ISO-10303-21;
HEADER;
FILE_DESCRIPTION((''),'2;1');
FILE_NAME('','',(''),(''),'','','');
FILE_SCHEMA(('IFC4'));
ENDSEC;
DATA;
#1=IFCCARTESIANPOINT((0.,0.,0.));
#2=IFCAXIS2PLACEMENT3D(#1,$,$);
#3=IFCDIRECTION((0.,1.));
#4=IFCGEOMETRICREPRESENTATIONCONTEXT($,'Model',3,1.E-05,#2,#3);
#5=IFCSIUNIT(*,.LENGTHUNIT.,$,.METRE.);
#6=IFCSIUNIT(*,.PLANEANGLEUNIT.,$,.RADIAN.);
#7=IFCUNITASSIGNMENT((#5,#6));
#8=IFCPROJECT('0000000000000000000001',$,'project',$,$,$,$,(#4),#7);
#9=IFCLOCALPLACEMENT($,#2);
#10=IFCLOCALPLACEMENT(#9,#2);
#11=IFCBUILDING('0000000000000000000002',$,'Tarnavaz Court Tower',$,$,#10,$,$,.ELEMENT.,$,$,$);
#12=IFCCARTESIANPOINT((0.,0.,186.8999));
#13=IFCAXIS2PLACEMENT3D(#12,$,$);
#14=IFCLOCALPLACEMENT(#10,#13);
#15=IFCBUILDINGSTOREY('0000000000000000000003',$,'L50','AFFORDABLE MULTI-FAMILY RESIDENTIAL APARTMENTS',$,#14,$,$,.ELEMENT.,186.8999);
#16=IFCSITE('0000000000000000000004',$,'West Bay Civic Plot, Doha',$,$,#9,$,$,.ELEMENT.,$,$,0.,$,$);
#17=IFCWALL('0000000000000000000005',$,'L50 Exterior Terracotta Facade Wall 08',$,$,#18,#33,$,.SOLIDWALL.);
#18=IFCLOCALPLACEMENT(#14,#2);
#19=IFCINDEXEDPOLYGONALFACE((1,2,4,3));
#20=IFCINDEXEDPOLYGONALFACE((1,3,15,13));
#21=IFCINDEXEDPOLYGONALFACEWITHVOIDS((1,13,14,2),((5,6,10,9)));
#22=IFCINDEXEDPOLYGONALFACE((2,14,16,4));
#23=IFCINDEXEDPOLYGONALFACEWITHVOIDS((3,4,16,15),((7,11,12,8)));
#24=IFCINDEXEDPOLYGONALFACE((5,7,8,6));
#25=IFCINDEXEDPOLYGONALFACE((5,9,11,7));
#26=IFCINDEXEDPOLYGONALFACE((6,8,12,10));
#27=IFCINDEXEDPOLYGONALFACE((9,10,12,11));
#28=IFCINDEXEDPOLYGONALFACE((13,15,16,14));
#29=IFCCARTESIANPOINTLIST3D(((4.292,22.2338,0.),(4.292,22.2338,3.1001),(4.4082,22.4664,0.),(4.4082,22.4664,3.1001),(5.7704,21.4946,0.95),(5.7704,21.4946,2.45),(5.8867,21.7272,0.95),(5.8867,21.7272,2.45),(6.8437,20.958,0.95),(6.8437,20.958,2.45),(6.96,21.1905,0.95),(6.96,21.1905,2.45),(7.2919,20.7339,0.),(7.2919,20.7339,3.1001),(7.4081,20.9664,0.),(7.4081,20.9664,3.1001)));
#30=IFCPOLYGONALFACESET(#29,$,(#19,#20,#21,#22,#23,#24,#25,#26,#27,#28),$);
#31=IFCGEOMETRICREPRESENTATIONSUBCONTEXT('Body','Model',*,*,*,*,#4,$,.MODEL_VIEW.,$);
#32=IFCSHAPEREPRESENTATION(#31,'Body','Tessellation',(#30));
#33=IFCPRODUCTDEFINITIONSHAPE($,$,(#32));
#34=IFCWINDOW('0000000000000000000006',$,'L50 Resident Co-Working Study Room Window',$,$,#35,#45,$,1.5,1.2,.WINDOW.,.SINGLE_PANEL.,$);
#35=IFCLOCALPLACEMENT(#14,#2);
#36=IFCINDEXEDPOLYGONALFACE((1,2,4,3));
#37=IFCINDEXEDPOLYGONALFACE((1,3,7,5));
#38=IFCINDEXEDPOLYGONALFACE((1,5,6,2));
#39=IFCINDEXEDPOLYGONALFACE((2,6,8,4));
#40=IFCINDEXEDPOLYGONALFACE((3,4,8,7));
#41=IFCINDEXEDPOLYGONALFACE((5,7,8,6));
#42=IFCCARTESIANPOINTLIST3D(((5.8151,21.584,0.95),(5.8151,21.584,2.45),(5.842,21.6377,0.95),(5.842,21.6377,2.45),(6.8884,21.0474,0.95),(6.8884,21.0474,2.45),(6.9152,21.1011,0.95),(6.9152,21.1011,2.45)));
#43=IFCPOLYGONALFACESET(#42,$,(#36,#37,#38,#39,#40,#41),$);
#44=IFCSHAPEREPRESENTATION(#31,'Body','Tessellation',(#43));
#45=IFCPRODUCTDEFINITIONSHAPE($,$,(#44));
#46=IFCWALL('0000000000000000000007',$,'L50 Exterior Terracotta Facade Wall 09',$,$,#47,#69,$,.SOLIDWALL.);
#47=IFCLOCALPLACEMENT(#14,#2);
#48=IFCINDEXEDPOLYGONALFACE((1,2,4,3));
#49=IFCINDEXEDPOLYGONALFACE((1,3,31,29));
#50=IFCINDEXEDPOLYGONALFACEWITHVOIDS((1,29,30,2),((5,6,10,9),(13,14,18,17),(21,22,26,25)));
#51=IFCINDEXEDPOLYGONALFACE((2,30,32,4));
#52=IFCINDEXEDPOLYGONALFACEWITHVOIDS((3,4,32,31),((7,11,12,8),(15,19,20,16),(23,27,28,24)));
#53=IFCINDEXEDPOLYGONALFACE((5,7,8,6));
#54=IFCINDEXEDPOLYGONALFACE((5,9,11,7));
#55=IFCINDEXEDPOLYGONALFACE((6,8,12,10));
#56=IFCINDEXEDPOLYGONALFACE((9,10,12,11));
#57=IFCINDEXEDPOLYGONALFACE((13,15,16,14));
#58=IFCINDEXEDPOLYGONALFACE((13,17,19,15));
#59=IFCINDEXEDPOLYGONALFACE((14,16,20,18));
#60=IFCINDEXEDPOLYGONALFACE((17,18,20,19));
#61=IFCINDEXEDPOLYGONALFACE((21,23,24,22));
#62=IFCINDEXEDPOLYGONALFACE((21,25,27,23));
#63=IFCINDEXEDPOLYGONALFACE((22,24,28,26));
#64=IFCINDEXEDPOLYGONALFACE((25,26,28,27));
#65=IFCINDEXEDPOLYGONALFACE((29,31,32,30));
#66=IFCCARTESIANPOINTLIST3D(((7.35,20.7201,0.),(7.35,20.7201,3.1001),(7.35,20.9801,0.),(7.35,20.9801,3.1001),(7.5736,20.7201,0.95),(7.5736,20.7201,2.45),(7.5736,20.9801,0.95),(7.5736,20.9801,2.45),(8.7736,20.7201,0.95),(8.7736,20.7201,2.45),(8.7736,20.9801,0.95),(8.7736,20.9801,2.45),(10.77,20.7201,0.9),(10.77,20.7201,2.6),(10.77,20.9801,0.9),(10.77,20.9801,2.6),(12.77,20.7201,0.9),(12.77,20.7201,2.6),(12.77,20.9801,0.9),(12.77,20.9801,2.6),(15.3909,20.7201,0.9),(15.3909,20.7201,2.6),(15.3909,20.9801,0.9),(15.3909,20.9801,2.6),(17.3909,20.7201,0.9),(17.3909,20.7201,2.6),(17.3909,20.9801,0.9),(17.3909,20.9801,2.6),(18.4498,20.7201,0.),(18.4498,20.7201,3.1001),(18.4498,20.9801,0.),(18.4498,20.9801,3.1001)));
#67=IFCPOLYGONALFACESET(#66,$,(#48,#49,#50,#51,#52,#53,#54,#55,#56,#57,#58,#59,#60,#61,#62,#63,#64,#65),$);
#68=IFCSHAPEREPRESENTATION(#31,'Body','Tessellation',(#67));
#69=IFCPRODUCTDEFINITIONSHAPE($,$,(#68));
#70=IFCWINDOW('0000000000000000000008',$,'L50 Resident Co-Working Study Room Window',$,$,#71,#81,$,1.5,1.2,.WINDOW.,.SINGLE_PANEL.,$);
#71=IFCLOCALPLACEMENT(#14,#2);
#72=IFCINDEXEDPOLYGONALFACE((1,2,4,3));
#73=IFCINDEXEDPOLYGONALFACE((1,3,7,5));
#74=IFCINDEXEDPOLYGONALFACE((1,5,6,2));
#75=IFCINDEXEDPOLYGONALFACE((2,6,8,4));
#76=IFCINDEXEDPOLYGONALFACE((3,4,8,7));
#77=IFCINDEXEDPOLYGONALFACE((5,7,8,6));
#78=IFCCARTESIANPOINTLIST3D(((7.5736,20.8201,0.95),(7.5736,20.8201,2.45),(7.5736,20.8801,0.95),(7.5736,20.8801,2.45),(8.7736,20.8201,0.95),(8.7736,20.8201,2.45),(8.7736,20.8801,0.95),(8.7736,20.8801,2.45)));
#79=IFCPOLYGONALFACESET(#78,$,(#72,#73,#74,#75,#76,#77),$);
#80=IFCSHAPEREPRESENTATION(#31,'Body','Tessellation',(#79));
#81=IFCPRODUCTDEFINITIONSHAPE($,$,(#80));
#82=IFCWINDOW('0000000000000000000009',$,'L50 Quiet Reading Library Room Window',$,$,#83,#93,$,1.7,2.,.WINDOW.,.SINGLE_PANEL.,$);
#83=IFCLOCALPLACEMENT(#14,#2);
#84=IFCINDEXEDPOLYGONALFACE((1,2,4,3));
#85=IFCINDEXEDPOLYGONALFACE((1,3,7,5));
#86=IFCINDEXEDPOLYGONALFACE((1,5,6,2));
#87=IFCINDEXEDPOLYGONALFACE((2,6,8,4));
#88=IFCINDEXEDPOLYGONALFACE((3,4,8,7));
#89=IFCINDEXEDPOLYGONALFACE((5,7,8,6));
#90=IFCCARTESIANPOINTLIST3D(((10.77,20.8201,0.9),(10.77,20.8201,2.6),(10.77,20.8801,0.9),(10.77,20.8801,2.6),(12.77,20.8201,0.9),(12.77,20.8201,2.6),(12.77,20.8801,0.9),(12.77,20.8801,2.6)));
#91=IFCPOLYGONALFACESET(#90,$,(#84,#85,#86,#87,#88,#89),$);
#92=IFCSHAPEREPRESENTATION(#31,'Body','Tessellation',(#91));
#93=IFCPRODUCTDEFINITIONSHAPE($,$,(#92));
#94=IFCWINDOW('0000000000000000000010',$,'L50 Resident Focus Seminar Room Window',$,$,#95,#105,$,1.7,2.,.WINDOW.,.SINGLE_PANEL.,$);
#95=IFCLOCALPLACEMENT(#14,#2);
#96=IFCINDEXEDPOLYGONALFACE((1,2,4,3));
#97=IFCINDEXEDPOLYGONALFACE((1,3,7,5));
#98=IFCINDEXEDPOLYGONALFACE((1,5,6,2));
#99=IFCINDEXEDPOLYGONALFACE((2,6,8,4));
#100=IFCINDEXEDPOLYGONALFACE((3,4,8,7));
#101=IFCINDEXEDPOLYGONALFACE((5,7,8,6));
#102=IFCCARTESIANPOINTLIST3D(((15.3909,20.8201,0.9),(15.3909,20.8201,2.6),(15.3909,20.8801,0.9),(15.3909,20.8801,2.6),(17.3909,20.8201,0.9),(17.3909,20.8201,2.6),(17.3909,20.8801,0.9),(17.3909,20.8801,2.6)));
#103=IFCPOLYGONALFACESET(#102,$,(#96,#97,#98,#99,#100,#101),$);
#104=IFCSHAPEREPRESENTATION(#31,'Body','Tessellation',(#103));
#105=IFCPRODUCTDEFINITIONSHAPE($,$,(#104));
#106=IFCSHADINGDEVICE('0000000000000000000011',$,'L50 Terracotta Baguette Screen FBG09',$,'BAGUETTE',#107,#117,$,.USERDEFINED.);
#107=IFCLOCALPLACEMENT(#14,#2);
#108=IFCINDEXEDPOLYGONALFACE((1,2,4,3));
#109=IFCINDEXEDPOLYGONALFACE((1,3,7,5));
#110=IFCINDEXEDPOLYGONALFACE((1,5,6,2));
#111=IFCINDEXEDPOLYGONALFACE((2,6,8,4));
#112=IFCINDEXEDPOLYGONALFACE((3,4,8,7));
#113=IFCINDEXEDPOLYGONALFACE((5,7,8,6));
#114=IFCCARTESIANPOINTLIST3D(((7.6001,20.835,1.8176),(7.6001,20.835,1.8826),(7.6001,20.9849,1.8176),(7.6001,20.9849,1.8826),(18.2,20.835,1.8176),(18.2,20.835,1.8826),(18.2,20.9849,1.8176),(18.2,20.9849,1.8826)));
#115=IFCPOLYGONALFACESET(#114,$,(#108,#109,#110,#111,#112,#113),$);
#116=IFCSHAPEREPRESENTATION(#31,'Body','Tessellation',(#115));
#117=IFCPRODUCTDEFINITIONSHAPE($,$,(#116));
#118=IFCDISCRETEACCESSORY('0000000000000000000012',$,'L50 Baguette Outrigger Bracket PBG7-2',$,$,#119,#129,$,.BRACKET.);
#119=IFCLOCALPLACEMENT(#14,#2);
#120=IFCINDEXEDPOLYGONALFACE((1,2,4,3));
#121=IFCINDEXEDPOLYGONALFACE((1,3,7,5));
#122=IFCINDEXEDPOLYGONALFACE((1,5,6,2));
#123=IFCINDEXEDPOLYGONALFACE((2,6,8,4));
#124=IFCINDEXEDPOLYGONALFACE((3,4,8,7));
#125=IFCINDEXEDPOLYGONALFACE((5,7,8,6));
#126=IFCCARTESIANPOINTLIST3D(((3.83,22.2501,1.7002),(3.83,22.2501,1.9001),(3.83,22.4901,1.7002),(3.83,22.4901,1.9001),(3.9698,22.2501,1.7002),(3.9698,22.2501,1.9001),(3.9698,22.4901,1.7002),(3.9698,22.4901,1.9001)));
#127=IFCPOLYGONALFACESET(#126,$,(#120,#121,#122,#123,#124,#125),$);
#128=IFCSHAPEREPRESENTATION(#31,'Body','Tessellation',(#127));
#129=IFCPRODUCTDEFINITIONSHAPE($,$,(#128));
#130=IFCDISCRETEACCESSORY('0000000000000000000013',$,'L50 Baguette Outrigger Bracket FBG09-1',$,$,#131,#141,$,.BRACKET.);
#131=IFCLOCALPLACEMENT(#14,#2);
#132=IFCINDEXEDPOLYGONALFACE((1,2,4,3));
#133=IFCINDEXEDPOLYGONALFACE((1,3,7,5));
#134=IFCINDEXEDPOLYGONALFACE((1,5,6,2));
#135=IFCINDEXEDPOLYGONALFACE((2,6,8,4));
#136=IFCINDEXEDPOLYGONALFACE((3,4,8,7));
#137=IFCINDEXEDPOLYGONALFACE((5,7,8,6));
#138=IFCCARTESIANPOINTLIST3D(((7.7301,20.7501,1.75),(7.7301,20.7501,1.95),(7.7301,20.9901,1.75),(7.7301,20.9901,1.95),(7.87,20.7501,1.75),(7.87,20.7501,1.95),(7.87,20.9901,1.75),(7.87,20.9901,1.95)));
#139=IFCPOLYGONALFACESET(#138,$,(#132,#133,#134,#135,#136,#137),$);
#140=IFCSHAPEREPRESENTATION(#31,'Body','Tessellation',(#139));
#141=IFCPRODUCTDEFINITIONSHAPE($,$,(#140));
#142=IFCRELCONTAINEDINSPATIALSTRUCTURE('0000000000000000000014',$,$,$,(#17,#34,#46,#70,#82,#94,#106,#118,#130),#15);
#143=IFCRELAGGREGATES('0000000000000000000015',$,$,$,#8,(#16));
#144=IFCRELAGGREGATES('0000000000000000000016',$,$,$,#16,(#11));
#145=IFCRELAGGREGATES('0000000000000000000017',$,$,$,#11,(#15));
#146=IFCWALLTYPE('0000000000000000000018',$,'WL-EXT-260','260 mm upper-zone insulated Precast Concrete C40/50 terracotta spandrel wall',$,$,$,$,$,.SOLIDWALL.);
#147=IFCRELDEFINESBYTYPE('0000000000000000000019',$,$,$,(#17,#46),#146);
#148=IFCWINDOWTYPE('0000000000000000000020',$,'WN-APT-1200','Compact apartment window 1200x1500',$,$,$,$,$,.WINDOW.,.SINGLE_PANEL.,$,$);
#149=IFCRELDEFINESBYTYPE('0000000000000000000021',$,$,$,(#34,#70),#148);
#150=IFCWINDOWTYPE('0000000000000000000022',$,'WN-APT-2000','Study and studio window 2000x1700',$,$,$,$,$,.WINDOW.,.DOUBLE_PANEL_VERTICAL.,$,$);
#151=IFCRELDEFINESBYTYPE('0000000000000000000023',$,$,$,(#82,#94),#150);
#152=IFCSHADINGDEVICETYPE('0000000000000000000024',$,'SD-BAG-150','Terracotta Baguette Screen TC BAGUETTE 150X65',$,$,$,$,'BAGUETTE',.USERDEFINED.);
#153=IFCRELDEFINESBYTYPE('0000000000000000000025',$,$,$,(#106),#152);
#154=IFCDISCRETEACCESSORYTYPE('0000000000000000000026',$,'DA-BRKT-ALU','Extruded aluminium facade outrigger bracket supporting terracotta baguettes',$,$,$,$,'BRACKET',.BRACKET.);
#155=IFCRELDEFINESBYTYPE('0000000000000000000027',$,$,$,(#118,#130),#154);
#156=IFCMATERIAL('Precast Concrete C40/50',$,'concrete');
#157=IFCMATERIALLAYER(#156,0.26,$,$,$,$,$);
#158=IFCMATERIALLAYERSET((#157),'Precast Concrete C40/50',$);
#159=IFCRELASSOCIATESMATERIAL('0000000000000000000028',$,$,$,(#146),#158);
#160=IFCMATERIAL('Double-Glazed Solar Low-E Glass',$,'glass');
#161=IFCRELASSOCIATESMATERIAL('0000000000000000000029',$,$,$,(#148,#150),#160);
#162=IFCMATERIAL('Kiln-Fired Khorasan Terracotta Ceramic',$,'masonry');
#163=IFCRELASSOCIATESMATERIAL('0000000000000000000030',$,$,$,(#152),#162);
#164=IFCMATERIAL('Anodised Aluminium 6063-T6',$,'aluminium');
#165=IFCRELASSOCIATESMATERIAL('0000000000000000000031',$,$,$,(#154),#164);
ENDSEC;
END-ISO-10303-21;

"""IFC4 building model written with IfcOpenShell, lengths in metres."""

from ifc_helpers import new_model, si_unit, direction, frame, frame_2d, origin, origin_2d, place, context, subcontext, project, spatial, rectangle, extrude, material, layer, layer_set, material_profile, profile_set, type_object, element, fill, save


model = new_model("IFC4")

# Units and contexts
model_context = context("Model", 3, precision=1e-05, world=origin(), true_north=direction((0.0, 1.0)))
body_context = subcontext(model_context, "Body", "Model", "MODEL_VIEW")
ifc_project = project(units=[si_unit("LENGTHUNIT", "METRE"), si_unit("PLANEANGLEUNIT", "RADIAN")], contexts=[model_context])

# Site, building, storey
site_placement = place(None, origin())
site = spatial("IfcSite", under=ifc_project, at=site_placement, Name="West Bay Civic Plot, Doha", CompositionType="ELEMENT", RefElevation=0.0)
building_placement = place(site_placement, origin())
building = spatial("IfcBuilding", under=site, at=building_placement, Name="Tarnavaz Court Tower", CompositionType="ELEMENT")
storey_placement = place(building_placement, frame((0.0, 0.0, 186.8999)))
storey = spatial("IfcBuildingStorey", under=building, at=storey_placement, Name="L50", Description="AFFORDABLE MULTI-FAMILY RESIDENTIAL APARTMENTS", CompositionType="ELEMENT", Elevation=186.8999)

# Shared definitions
ifc_material_1 = material(Name="Anodised Aluminium 6063-T6", Category="aluminium")
ifc_material_2 = material(Name="Double-Glazed Solar Low-E Glass", Category="glass")

# Wall, opening, window
ifc_material_3 = material(Name="Precast Concrete C40/50", Category="concrete")
ifc_layer_1 = layer(ifc_material_3, 0.26)
ifc_layer_set_1 = layer_set([ifc_layer_1], Name="Precast Concrete C40/50")
wall_type = type_object("IfcWallType", Name="WL-EXT-260", Description="260 mm upper-zone insulated Precast Concrete C40/50 terracotta spandrel wall", PredefinedType="SOLIDWALL", material=ifc_layer_set_1)
wall_1_placement = place(storey_placement, frame((4.3501, 22.3501, 0.0), z_axis=(0.0, 0.0, 1.0), x_axis=(0.894427, -0.447214, 0.0)))
wall_1 = element("IfcWall", 1, at=wall_1_placement, inside=storey, type_object=wall_type, Name="L50 Exterior Terracotta Facade Wall 08", PredefinedType="SOLIDWALL", context=body_context, shape_type="SweptSolid", body=[
    extrude(rectangle(XDim=3.354, YDim=0.26, at=frame_2d((1.677, 0.0))), origin(), (0.0, 0.0, 1.0), 3.1001),
])
opening_1_placement = place(wall_1_placement, frame((1.6528, 0.0, 0.95)))
opening_1 = element("IfcOpeningElement", 2, at=opening_1_placement, cuts=wall_1, PredefinedType="OPENING", context=body_context, shape_type="SweptSolid", body=[
    extrude(rectangle(XDim=1.2, YDim=1.5, at=frame_2d((0.6001, 0.75))), frame((0.0, 0.1399, 0.0), z_axis=(0.0, -1.0, 0.0), x_axis=(1.0, 0.0, 0.0)), (0.0, 0.0, 1.0), 0.28),
])
window_type_1 = type_object("IfcWindowType", Name="WN-APT-1200", Description="Compact apartment window 1200x1500", PartitioningType="SINGLE_PANEL", PredefinedType="WINDOW", material=ifc_material_2)
window_1_placement = place(opening_1_placement, origin())
window_1 = element("IfcWindow", 3, at=window_1_placement, inside=storey, type_object=window_type_1, Name="L50 Resident Co-Working Study Room Window", OverallHeight=1.5, OverallWidth=1.2, PartitioningType="SINGLE_PANEL", PredefinedType="WINDOW", context=body_context, shape_type="SweptSolid", body=[
    extrude(rectangle(XDim=1.2, YDim=1.5, at=frame_2d((0.6001, 0.75))), frame((0.0, 0.03, 0.0), z_axis=(0.0, -1.0, 0.0), x_axis=(1.0, 0.0, 0.0)), (0.0, 0.0, 1.0), 0.0601),
])
fill(opening_1, window_1)

# Wall, openings, windows
wall_2_placement = place(storey_placement, frame((7.3501, 20.8501, 0.0), z_axis=(0.0, 0.0, 1.0), x_axis=(1.0, 0.0, 0.0)))
wall_2 = element("IfcWall", 4, at=wall_2_placement, inside=storey, type_object=wall_type, Name="L50 Exterior Terracotta Facade Wall 09", PredefinedType="SOLIDWALL", context=body_context, shape_type="SweptSolid", body=[
    extrude(rectangle(XDim=11.0999, YDim=0.26, at=frame_2d((5.5498, 0.0))), origin(), (0.0, 0.0, 1.0), 3.1001),
])
opening_2_placement = place(wall_2_placement, frame((0.2234, 0.0, 0.95)))
opening_2 = element("IfcOpeningElement", 5, at=opening_2_placement, cuts=wall_2, PredefinedType="OPENING", context=body_context, shape_type="SweptSolid", body=[
    extrude(rectangle(XDim=1.2, YDim=1.5, at=frame_2d((0.6001, 0.75))), frame((0.0, 0.1399, 0.0), z_axis=(0.0, -1.0, 0.0), x_axis=(1.0, 0.0, 0.0)), (0.0, 0.0, 1.0), 0.28),
])
opening_3_placement = place(wall_2_placement, frame((3.4199, 0.0, 0.8999)))
opening_3 = element("IfcOpeningElement", 6, at=opening_3_placement, cuts=wall_2, PredefinedType="OPENING", context=body_context, shape_type="SweptSolid", body=[
    extrude(rectangle(XDim=2.0, YDim=1.7, at=frame_2d((1.0, 0.8501))), frame((0.0, 0.1399, 0.0), z_axis=(0.0, -1.0, 0.0), x_axis=(1.0, 0.0, 0.0)), (0.0, 0.0, 1.0), 0.28),
])
opening_4_placement = place(wall_2_placement, frame((8.0408, 0.0, 0.8999)))
opening_4 = element("IfcOpeningElement", 7, at=opening_4_placement, cuts=wall_2, PredefinedType="OPENING", context=body_context, shape_type="SweptSolid", body=[
    extrude(rectangle(XDim=2.0, YDim=1.7, at=frame_2d((1.0, 0.8501))), frame((0.0, 0.1399, 0.0), z_axis=(0.0, -1.0, 0.0), x_axis=(1.0, 0.0, 0.0)), (0.0, 0.0, 1.0), 0.28),
])
window_2_placement = place(opening_2_placement, origin())
window_2 = element("IfcWindow", 8, at=window_2_placement, inside=storey, type_object=window_type_1, Name="L50 Resident Co-Working Study Room Window", OverallHeight=1.5, OverallWidth=1.2, PartitioningType="SINGLE_PANEL", PredefinedType="WINDOW", context=body_context, shape_type="SweptSolid", body=[
    extrude(rectangle(XDim=1.2, YDim=1.5, at=frame_2d((0.6001, 0.75))), frame((0.0, 0.03, 0.0), z_axis=(0.0, -1.0, 0.0), x_axis=(1.0, 0.0, 0.0)), (0.0, 0.0, 1.0), 0.0601),
])
fill(opening_2, window_2)
window_type_2 = type_object("IfcWindowType", Name="WN-APT-2000", Description="Study and studio window 2000x1700", PartitioningType="DOUBLE_PANEL_VERTICAL", PredefinedType="WINDOW", material=ifc_material_2)
window_3_placement = place(opening_3_placement, origin())
window_3 = element("IfcWindow", 9, at=window_3_placement, inside=storey, type_object=window_type_2, Name="L50 Quiet Reading Library Room Window", OverallHeight=1.7, OverallWidth=2.0, PartitioningType="SINGLE_PANEL", PredefinedType="WINDOW", context=body_context, shape_type="SweptSolid", body=[
    extrude(rectangle(XDim=2.0, YDim=1.7, at=frame_2d((1.0, 0.8501))), frame((0.0, 0.03, 0.0), z_axis=(0.0, -1.0, 0.0), x_axis=(1.0, 0.0, 0.0)), (0.0, 0.0, 1.0), 0.0601),
])
fill(opening_3, window_3)
window_4_placement = place(opening_4_placement, origin())
window_4 = element("IfcWindow", 10, at=window_4_placement, inside=storey, type_object=window_type_2, Name="L50 Resident Focus Seminar Room Window", OverallHeight=1.7, OverallWidth=2.0, PartitioningType="SINGLE_PANEL", PredefinedType="WINDOW", context=body_context, shape_type="SweptSolid", body=[
    extrude(rectangle(XDim=2.0, YDim=1.7, at=frame_2d((1.0, 0.8501))), frame((0.0, 0.03, 0.0), z_axis=(0.0, -1.0, 0.0), x_axis=(1.0, 0.0, 0.0)), (0.0, 0.0, 1.0), 0.0601),
])
fill(opening_4, window_4)

# Shading device
ifc_material_4 = material(Name="Kiln-Fired Khorasan Terracotta Ceramic", Category="masonry")
ifc_material_profile_1 = material_profile(ifc_material_4, rectangle(XDim=0.1499, YDim=0.0649, at=origin_2d()), Name="TC BAGUETTE 150X65")
ifc_profile_set_1 = profile_set([ifc_material_profile_1], Name="Kiln-Fired Khorasan Terracotta Ceramic")
shading_device_type = type_object("IfcShadingDeviceType", Name="SD-BAG-150", Description="Terracotta Baguette Screen TC BAGUETTE 150X65", ElementType="BAGUETTE", PredefinedType="USERDEFINED", material=ifc_profile_set_1)
shading_device_placement = place(storey_placement, frame((7.6001, 20.9099, 1.8501), z_axis=(1.0, 0.0, 0.0), x_axis=(0.0, 1.0, 0.0)))
element("IfcShadingDevice", 11, at=shading_device_placement, inside=storey, type_object=shading_device_type, Name="L50 Terracotta Baguette Screen FBG09", ObjectType="BAGUETTE", PredefinedType="USERDEFINED", context=body_context, shape_type="SweptSolid", body=[
    extrude(rectangle(XDim=0.1499, YDim=0.0649, at=origin_2d()), origin(), (0.0, 0.0, 1.0), 10.5999),
])

# Discrete accessories
discrete_accessory_type = type_object("IfcDiscreteAccessoryType", Name="DA-BRKT-ALU", Description="Extruded aluminium facade outrigger bracket supporting terracotta baguettes", ElementType="BRACKET", PredefinedType="BRACKET", material=ifc_material_1)
for number, where, z_axis, x_axis, name in (
    (12, (3.8999, 22.3701, 1.7002), (0.0, 0.0, 1.0), (1.0, 0.0, 0.0), "L50 Baguette Outrigger Bracket PBG7-2"),
    (13, (7.8, 20.8701, 1.75), (0.0, 0.0, 1.0), (1.0, 0.0, 0.0), "L50 Baguette Outrigger Bracket FBG09-1"),
):
    element("IfcDiscreteAccessory", number, at=place(storey_placement, frame(where, z_axis=z_axis, x_axis=x_axis)), inside=storey, type_object=discrete_accessory_type, Name=name, PredefinedType="BRACKET", context=body_context, shape_type="SweptSolid", body=[
        extrude(rectangle(XDim=0.1399, YDim=0.24, at=origin_2d()), origin(), (0.0, 0.0, 1.0), 0.2),
    ])

save(model, "model.ifc")
